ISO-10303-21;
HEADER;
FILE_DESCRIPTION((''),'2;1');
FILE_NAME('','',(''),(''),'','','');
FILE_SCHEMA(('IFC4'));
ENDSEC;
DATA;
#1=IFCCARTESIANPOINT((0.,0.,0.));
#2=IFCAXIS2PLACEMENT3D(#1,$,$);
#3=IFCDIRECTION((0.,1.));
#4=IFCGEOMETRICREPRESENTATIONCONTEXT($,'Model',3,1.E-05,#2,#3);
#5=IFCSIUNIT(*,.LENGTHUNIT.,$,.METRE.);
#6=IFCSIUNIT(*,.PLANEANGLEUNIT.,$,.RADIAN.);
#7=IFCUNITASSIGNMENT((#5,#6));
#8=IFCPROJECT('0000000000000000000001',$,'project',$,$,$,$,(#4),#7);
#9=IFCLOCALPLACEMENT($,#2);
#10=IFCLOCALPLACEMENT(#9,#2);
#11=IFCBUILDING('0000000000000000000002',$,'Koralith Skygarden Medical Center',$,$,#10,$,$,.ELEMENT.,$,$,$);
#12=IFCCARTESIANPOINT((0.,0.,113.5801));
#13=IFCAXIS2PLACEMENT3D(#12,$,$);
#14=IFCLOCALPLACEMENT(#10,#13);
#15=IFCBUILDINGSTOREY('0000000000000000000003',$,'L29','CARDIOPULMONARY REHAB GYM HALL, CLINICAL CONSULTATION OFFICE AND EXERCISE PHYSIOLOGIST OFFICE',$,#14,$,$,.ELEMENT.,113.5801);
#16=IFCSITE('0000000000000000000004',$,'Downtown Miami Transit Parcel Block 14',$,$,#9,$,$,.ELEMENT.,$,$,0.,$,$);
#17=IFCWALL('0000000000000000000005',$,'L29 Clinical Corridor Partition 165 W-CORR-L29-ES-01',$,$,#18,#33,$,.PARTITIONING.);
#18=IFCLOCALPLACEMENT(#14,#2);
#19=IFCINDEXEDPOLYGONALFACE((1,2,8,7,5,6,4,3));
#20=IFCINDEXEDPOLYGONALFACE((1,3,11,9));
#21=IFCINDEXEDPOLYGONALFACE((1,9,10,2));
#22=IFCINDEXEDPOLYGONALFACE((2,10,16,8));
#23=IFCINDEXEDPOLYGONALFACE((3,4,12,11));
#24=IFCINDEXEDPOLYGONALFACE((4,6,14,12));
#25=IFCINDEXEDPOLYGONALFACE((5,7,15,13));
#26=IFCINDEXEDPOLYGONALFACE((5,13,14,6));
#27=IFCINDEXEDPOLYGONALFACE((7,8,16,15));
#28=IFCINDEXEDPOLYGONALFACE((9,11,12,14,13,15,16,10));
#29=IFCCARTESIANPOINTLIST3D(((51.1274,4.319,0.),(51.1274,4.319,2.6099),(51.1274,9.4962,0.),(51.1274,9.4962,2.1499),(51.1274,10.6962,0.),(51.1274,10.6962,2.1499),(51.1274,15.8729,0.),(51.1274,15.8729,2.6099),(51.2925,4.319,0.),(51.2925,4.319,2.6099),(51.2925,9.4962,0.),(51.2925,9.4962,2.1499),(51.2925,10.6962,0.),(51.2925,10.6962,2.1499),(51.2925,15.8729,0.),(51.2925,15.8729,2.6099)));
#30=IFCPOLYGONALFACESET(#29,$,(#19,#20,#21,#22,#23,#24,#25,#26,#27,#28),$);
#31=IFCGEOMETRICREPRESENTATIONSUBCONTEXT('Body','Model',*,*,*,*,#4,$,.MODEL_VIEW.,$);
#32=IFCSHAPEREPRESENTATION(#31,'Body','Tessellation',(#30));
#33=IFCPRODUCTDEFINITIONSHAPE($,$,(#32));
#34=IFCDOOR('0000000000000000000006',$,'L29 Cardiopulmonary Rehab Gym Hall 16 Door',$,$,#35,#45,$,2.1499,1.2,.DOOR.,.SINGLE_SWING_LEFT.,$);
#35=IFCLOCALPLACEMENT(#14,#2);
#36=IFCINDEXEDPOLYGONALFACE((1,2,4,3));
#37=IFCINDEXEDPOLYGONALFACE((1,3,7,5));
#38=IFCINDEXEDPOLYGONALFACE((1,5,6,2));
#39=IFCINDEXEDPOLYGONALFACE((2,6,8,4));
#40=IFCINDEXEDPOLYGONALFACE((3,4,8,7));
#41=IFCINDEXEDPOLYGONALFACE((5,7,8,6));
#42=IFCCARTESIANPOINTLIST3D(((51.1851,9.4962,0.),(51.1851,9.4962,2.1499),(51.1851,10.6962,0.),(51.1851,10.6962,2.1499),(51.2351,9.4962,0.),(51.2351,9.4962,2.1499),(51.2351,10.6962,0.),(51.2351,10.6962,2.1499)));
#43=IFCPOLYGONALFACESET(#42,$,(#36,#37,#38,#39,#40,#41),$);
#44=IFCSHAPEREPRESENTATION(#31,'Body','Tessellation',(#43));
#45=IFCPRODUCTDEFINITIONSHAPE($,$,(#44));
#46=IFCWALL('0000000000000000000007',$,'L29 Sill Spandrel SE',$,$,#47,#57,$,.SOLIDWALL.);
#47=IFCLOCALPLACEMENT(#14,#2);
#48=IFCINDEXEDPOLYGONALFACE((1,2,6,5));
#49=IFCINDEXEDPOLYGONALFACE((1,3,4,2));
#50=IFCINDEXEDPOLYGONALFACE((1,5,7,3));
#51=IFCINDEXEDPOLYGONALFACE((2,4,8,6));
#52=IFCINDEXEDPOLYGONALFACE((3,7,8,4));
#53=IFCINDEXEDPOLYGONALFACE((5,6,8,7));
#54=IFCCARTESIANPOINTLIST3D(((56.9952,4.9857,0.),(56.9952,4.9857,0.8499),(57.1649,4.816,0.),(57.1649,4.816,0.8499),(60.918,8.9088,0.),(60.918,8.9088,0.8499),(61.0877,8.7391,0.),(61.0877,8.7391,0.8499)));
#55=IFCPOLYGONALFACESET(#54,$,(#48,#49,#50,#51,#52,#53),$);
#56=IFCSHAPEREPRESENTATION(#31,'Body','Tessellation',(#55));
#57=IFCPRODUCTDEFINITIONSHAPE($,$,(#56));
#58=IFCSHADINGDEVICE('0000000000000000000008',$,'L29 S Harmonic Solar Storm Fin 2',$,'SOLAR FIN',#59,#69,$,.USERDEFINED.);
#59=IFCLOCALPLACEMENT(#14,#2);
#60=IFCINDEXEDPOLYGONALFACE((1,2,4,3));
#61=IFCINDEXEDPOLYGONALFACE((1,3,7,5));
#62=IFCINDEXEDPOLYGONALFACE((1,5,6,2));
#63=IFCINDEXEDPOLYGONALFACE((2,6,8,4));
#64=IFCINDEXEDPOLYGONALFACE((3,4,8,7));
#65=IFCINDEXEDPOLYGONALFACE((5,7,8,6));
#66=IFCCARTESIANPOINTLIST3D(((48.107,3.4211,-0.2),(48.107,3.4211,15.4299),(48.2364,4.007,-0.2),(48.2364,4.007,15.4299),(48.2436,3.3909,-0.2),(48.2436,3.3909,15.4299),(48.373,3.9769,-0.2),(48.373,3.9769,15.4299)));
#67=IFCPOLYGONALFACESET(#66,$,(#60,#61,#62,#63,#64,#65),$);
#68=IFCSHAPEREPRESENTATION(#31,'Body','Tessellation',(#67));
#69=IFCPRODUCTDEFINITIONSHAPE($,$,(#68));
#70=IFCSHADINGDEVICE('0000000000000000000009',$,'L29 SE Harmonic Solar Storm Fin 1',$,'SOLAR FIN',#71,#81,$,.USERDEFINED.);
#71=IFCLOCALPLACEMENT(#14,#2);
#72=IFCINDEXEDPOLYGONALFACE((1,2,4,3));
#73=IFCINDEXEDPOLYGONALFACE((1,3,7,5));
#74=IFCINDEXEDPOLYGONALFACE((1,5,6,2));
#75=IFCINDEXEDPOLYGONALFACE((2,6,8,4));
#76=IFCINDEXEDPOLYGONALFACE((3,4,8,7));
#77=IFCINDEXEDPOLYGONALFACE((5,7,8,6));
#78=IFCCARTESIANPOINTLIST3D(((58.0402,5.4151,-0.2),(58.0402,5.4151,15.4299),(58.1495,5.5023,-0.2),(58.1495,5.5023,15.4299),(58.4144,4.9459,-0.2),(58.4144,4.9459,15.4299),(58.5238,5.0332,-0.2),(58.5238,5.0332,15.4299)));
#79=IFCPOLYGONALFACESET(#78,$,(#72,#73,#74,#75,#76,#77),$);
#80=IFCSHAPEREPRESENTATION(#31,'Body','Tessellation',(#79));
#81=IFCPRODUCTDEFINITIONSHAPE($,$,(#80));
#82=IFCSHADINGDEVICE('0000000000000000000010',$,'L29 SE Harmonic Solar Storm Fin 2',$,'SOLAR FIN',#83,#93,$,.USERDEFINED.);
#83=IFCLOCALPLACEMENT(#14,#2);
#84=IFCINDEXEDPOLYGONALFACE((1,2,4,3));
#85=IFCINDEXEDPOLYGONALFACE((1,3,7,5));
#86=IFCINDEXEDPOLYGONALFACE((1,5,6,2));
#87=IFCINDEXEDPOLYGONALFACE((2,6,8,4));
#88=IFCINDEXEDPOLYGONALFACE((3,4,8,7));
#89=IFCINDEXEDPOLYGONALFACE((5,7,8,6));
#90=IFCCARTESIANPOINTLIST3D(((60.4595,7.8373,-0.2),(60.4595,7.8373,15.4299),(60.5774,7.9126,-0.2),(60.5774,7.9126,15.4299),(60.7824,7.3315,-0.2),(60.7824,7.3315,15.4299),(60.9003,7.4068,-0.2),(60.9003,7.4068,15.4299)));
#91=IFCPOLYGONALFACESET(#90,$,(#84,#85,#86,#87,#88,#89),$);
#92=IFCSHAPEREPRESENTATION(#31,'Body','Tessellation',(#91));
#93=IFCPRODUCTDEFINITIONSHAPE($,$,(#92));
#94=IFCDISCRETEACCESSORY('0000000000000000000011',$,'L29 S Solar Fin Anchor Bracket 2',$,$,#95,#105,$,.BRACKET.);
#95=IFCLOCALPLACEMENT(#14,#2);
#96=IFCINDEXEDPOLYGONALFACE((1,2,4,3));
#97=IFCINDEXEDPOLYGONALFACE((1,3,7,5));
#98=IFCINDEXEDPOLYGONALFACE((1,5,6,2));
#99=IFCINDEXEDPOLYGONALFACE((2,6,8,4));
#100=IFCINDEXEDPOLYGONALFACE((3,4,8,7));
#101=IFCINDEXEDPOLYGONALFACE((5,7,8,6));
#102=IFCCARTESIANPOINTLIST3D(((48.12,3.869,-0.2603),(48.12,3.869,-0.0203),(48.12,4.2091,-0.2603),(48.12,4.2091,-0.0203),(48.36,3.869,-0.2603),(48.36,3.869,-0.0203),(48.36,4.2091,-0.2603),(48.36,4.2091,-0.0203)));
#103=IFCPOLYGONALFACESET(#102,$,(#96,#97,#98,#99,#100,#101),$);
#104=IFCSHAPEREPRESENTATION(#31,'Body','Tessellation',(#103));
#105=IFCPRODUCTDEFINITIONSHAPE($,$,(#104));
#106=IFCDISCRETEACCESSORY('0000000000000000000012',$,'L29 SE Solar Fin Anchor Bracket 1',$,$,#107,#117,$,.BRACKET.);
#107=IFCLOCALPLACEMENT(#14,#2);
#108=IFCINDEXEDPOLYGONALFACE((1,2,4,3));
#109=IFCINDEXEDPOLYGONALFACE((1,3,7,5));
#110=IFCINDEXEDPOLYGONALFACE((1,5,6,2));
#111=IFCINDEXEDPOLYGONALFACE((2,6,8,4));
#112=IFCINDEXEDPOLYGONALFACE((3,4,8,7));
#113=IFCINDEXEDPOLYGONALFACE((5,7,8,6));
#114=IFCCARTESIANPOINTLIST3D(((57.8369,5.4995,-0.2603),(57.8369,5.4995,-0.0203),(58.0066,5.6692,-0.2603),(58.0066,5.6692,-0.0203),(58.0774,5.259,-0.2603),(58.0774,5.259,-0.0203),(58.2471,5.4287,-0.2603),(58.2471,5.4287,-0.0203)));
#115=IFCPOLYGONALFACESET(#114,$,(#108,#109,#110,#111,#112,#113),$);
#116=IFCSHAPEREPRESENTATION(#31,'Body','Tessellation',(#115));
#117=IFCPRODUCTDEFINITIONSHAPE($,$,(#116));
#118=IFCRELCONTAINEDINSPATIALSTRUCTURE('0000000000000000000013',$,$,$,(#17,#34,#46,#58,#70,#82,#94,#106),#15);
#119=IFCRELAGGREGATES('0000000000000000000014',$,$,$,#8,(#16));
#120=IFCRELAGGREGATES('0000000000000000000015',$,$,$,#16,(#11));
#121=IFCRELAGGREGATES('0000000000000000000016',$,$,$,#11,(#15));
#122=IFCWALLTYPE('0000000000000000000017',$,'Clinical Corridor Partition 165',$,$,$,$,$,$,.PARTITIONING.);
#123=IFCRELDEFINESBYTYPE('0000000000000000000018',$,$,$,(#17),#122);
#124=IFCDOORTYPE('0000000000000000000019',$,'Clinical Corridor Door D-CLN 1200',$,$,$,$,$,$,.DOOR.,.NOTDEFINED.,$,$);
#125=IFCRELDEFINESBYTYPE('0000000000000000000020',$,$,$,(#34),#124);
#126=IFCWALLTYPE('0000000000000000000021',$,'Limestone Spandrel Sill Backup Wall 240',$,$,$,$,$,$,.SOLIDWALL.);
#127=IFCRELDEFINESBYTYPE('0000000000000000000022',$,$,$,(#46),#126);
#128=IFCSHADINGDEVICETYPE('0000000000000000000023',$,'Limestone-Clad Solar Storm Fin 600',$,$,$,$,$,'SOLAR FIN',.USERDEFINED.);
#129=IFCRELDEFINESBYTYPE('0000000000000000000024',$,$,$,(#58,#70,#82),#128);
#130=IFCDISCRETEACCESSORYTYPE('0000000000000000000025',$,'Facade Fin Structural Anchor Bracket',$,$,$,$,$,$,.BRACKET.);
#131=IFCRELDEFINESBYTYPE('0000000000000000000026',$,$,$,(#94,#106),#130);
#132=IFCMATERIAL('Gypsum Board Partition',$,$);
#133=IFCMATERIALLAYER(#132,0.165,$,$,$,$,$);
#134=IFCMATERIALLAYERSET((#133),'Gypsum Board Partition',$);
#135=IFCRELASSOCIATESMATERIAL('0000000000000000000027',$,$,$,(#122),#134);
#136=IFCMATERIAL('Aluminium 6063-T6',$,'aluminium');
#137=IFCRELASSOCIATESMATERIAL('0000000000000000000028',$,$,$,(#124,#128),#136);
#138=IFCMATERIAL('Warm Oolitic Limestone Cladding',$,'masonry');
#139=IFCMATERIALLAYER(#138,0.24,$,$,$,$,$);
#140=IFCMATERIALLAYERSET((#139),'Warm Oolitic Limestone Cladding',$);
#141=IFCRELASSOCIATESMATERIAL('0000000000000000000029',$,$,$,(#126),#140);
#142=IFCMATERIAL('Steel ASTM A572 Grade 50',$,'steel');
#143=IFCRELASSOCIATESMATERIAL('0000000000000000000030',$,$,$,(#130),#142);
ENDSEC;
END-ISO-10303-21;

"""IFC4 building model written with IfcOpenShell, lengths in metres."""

from ifc_helpers import new_model, si_unit, direction, frame, frame_2d, origin, origin_2d, place, context, subcontext, project, spatial, rectangle, extrude, material, layer, layer_set, type_object, element, fill, save


model = new_model("IFC4")

# Units and contexts
model_context = context("Model", 3, precision=1e-05, world=origin(), true_north=direction((0.0, 1.0)))
body_context = subcontext(model_context, "Body", "Model", "MODEL_VIEW")
ifc_project = project(units=[si_unit("LENGTHUNIT", "METRE"), si_unit("PLANEANGLEUNIT", "RADIAN")], contexts=[model_context])

# Site, building, storey
site_placement = place(None, origin())
site = spatial("IfcSite", under=ifc_project, at=site_placement, Name="Downtown Miami Transit Parcel Block 14", CompositionType="ELEMENT", RefElevation=0.0)
building_placement = place(site_placement, origin())
building = spatial("IfcBuilding", under=site, at=building_placement, Name="Koralith Skygarden Medical Center", CompositionType="ELEMENT")
storey_placement = place(building_placement, frame((0.0, 0.0, 113.5801)))
storey = spatial("IfcBuildingStorey", under=building, at=storey_placement, Name="L29", Description="CARDIOPULMONARY REHAB GYM HALL, CLINICAL CONSULTATION OFFICE AND EXERCISE PHYSIOLOGIST OFFICE", CompositionType="ELEMENT", Elevation=113.5801)

# Shared definitions
ifc_material_1 = material(Name="Aluminium 6063-T6", Category="aluminium")

# Shared definitions
ifc_material_2 = material(Name="Warm Oolitic Limestone Cladding", Category="masonry")

# Shared definitions
ifc_material_3 = material(Name="Gypsum Board Partition")
ifc_layer_1 = layer(ifc_material_3, 0.165)
ifc_layer_set_1 = layer_set([ifc_layer_1], Name="Gypsum Board Partition")
wall_type_1 = type_object("IfcWallType", Name="Clinical Corridor Partition 165", PredefinedType="PARTITIONING", material=ifc_layer_set_1)

# Wall, opening, door
wall_1_placement = place(storey_placement, frame((51.21, 4.3191, 0.0), z_axis=(0.0, 0.0, 1.0), x_axis=(0.0, 1.0, 0.0)))
wall_1 = element("IfcWall", 1, at=wall_1_placement, inside=storey, type_object=wall_type_1, Name="L29 Clinical Corridor Partition 165 W-CORR-L29-ES-01", PredefinedType="PARTITIONING", context=body_context, shape_type="SweptSolid", body=[
    extrude(rectangle(XDim=11.554, YDim=0.165, at=frame_2d((5.7769, 0.0))), origin(), (0.0, 0.0, 1.0), 2.6099),
])
opening_placement = place(wall_1_placement, frame((5.177, 0.0, 0.0)))
opening = element("IfcOpeningElement", 2, at=opening_placement, cuts=wall_1, PredefinedType="OPENING", context=body_context, shape_type="SweptSolid", body=[
    extrude(rectangle(XDim=1.2, YDim=2.1499, at=frame_2d((0.6001, 1.075))), frame((0.0, 0.0925, 0.0), z_axis=(0.0, -1.0, 0.0), x_axis=(1.0, 0.0, 0.0)), (0.0, 0.0, 1.0), 0.1851),
])
door_type = type_object("IfcDoorType", Name="Clinical Corridor Door D-CLN 1200", OperationType="NOTDEFINED", PredefinedType="DOOR", material=ifc_material_1)
door_placement = place(opening_placement, origin())
door = element("IfcDoor", 3, at=door_placement, inside=storey, type_object=door_type, Name="L29 Cardiopulmonary Rehab Gym Hall 16 Door", OperationType="SINGLE_SWING_LEFT", OverallHeight=2.1499, OverallWidth=1.2, PredefinedType="DOOR", context=body_context, shape_type="SweptSolid", body=[
    extrude(rectangle(XDim=1.2, YDim=2.1499, at=frame_2d((0.6001, 1.075))), frame((0.0, 0.0249, 0.0), z_axis=(0.0, -1.0, 0.0), x_axis=(1.0, 0.0, 0.0)), (0.0, 0.0, 1.0), 0.05),
])
fill(opening, door)

# Wall
ifc_layer_2 = layer(ifc_material_2, 0.24)
ifc_layer_set_2 = layer_set([ifc_layer_2], Name="Warm Oolitic Limestone Cladding")
wall_type_2 = type_object("IfcWallType", Name="Limestone Spandrel Sill Backup Wall 240", PredefinedType="SOLIDWALL", material=ifc_layer_set_2)
wall_2_placement = place(storey_placement, frame((57.0801, 4.9009, 0.0), z_axis=(0.0, 0.0, 1.0), x_axis=(0.707085, 0.707129, 0.0)))
element("IfcWall", 4, at=wall_2_placement, inside=storey, type_object=wall_type_2, Name="L29 Sill Spandrel SE", PredefinedType="SOLIDWALL", context=body_context, shape_type="SweptSolid", body=[
    extrude(rectangle(XDim=5.5479, YDim=0.24, at=frame_2d((2.7739, 0.0))), origin(), (0.0, 0.0, 1.0), 0.8499),
])

# Shading devices
shading_device_type = type_object("IfcShadingDeviceType", Name="Limestone-Clad Solar Storm Fin 600", ElementType="SOLAR FIN", PredefinedType="USERDEFINED", material=ifc_material_1)
for number, where, z_axis, x_axis, name in (
    (5, (48.24, 3.699, -0.2), (0.0, 0.0, 1.0), (-0.215553, -0.976492, 0.0), "L29 S Harmonic Solar Storm Fin 2"),
    (6, (58.282, 5.2241, -0.2), (0.0, 0.0, 1.0), (0.623634, -0.781716, 0.0), "L29 SE Harmonic Solar Storm Fin 1"),
    (7, (60.6799, 7.6221, -0.2), (0.0, 0.0, 1.0), (0.538065, -0.842903, 0.0), "L29 SE Harmonic Solar Storm Fin 2"),
):
    element("IfcShadingDevice", number, at=place(storey_placement, frame(where, z_axis=z_axis, x_axis=x_axis)), inside=storey, type_object=shading_device_type, Name=name, ObjectType="SOLAR FIN", PredefinedType="USERDEFINED", context=body_context, shape_type="SweptSolid", body=[
        extrude(rectangle(XDim=0.6001, YDim=0.1399, at=origin_2d()), origin(), (0.0, 0.0, 1.0), 15.6299),
    ])

# Discrete accessories
ifc_material_4 = material(Name="Steel ASTM A572 Grade 50", Category="steel")
discrete_accessory_type = type_object("IfcDiscreteAccessoryType", Name="Facade Fin Structural Anchor Bracket", PredefinedType="BRACKET", material=ifc_material_4)
for number, where, z_axis, x_axis, name in (
    (8, (48.24, 4.0391, -0.2603), (0.0, 0.0, 1.0), (0.0, -1.0, 0.0), "L29 S Solar Fin Anchor Bracket 2"),
    (9, (58.042, 5.4641, -0.2603), (0.0, 0.0, 1.0), (0.707107, -0.707107, 0.0), "L29 SE Solar Fin Anchor Bracket 1"),
):
    element("IfcDiscreteAccessory", number, at=place(storey_placement, frame(where, z_axis=z_axis, x_axis=x_axis)), inside=storey, type_object=discrete_accessory_type, Name=name, PredefinedType="BRACKET", context=body_context, shape_type="SweptSolid", body=[
        extrude(rectangle(XDim=0.3401, YDim=0.24, at=origin_2d()), origin(), (0.0, 0.0, 1.0), 0.24),
    ])

save(model, "model.ifc")
